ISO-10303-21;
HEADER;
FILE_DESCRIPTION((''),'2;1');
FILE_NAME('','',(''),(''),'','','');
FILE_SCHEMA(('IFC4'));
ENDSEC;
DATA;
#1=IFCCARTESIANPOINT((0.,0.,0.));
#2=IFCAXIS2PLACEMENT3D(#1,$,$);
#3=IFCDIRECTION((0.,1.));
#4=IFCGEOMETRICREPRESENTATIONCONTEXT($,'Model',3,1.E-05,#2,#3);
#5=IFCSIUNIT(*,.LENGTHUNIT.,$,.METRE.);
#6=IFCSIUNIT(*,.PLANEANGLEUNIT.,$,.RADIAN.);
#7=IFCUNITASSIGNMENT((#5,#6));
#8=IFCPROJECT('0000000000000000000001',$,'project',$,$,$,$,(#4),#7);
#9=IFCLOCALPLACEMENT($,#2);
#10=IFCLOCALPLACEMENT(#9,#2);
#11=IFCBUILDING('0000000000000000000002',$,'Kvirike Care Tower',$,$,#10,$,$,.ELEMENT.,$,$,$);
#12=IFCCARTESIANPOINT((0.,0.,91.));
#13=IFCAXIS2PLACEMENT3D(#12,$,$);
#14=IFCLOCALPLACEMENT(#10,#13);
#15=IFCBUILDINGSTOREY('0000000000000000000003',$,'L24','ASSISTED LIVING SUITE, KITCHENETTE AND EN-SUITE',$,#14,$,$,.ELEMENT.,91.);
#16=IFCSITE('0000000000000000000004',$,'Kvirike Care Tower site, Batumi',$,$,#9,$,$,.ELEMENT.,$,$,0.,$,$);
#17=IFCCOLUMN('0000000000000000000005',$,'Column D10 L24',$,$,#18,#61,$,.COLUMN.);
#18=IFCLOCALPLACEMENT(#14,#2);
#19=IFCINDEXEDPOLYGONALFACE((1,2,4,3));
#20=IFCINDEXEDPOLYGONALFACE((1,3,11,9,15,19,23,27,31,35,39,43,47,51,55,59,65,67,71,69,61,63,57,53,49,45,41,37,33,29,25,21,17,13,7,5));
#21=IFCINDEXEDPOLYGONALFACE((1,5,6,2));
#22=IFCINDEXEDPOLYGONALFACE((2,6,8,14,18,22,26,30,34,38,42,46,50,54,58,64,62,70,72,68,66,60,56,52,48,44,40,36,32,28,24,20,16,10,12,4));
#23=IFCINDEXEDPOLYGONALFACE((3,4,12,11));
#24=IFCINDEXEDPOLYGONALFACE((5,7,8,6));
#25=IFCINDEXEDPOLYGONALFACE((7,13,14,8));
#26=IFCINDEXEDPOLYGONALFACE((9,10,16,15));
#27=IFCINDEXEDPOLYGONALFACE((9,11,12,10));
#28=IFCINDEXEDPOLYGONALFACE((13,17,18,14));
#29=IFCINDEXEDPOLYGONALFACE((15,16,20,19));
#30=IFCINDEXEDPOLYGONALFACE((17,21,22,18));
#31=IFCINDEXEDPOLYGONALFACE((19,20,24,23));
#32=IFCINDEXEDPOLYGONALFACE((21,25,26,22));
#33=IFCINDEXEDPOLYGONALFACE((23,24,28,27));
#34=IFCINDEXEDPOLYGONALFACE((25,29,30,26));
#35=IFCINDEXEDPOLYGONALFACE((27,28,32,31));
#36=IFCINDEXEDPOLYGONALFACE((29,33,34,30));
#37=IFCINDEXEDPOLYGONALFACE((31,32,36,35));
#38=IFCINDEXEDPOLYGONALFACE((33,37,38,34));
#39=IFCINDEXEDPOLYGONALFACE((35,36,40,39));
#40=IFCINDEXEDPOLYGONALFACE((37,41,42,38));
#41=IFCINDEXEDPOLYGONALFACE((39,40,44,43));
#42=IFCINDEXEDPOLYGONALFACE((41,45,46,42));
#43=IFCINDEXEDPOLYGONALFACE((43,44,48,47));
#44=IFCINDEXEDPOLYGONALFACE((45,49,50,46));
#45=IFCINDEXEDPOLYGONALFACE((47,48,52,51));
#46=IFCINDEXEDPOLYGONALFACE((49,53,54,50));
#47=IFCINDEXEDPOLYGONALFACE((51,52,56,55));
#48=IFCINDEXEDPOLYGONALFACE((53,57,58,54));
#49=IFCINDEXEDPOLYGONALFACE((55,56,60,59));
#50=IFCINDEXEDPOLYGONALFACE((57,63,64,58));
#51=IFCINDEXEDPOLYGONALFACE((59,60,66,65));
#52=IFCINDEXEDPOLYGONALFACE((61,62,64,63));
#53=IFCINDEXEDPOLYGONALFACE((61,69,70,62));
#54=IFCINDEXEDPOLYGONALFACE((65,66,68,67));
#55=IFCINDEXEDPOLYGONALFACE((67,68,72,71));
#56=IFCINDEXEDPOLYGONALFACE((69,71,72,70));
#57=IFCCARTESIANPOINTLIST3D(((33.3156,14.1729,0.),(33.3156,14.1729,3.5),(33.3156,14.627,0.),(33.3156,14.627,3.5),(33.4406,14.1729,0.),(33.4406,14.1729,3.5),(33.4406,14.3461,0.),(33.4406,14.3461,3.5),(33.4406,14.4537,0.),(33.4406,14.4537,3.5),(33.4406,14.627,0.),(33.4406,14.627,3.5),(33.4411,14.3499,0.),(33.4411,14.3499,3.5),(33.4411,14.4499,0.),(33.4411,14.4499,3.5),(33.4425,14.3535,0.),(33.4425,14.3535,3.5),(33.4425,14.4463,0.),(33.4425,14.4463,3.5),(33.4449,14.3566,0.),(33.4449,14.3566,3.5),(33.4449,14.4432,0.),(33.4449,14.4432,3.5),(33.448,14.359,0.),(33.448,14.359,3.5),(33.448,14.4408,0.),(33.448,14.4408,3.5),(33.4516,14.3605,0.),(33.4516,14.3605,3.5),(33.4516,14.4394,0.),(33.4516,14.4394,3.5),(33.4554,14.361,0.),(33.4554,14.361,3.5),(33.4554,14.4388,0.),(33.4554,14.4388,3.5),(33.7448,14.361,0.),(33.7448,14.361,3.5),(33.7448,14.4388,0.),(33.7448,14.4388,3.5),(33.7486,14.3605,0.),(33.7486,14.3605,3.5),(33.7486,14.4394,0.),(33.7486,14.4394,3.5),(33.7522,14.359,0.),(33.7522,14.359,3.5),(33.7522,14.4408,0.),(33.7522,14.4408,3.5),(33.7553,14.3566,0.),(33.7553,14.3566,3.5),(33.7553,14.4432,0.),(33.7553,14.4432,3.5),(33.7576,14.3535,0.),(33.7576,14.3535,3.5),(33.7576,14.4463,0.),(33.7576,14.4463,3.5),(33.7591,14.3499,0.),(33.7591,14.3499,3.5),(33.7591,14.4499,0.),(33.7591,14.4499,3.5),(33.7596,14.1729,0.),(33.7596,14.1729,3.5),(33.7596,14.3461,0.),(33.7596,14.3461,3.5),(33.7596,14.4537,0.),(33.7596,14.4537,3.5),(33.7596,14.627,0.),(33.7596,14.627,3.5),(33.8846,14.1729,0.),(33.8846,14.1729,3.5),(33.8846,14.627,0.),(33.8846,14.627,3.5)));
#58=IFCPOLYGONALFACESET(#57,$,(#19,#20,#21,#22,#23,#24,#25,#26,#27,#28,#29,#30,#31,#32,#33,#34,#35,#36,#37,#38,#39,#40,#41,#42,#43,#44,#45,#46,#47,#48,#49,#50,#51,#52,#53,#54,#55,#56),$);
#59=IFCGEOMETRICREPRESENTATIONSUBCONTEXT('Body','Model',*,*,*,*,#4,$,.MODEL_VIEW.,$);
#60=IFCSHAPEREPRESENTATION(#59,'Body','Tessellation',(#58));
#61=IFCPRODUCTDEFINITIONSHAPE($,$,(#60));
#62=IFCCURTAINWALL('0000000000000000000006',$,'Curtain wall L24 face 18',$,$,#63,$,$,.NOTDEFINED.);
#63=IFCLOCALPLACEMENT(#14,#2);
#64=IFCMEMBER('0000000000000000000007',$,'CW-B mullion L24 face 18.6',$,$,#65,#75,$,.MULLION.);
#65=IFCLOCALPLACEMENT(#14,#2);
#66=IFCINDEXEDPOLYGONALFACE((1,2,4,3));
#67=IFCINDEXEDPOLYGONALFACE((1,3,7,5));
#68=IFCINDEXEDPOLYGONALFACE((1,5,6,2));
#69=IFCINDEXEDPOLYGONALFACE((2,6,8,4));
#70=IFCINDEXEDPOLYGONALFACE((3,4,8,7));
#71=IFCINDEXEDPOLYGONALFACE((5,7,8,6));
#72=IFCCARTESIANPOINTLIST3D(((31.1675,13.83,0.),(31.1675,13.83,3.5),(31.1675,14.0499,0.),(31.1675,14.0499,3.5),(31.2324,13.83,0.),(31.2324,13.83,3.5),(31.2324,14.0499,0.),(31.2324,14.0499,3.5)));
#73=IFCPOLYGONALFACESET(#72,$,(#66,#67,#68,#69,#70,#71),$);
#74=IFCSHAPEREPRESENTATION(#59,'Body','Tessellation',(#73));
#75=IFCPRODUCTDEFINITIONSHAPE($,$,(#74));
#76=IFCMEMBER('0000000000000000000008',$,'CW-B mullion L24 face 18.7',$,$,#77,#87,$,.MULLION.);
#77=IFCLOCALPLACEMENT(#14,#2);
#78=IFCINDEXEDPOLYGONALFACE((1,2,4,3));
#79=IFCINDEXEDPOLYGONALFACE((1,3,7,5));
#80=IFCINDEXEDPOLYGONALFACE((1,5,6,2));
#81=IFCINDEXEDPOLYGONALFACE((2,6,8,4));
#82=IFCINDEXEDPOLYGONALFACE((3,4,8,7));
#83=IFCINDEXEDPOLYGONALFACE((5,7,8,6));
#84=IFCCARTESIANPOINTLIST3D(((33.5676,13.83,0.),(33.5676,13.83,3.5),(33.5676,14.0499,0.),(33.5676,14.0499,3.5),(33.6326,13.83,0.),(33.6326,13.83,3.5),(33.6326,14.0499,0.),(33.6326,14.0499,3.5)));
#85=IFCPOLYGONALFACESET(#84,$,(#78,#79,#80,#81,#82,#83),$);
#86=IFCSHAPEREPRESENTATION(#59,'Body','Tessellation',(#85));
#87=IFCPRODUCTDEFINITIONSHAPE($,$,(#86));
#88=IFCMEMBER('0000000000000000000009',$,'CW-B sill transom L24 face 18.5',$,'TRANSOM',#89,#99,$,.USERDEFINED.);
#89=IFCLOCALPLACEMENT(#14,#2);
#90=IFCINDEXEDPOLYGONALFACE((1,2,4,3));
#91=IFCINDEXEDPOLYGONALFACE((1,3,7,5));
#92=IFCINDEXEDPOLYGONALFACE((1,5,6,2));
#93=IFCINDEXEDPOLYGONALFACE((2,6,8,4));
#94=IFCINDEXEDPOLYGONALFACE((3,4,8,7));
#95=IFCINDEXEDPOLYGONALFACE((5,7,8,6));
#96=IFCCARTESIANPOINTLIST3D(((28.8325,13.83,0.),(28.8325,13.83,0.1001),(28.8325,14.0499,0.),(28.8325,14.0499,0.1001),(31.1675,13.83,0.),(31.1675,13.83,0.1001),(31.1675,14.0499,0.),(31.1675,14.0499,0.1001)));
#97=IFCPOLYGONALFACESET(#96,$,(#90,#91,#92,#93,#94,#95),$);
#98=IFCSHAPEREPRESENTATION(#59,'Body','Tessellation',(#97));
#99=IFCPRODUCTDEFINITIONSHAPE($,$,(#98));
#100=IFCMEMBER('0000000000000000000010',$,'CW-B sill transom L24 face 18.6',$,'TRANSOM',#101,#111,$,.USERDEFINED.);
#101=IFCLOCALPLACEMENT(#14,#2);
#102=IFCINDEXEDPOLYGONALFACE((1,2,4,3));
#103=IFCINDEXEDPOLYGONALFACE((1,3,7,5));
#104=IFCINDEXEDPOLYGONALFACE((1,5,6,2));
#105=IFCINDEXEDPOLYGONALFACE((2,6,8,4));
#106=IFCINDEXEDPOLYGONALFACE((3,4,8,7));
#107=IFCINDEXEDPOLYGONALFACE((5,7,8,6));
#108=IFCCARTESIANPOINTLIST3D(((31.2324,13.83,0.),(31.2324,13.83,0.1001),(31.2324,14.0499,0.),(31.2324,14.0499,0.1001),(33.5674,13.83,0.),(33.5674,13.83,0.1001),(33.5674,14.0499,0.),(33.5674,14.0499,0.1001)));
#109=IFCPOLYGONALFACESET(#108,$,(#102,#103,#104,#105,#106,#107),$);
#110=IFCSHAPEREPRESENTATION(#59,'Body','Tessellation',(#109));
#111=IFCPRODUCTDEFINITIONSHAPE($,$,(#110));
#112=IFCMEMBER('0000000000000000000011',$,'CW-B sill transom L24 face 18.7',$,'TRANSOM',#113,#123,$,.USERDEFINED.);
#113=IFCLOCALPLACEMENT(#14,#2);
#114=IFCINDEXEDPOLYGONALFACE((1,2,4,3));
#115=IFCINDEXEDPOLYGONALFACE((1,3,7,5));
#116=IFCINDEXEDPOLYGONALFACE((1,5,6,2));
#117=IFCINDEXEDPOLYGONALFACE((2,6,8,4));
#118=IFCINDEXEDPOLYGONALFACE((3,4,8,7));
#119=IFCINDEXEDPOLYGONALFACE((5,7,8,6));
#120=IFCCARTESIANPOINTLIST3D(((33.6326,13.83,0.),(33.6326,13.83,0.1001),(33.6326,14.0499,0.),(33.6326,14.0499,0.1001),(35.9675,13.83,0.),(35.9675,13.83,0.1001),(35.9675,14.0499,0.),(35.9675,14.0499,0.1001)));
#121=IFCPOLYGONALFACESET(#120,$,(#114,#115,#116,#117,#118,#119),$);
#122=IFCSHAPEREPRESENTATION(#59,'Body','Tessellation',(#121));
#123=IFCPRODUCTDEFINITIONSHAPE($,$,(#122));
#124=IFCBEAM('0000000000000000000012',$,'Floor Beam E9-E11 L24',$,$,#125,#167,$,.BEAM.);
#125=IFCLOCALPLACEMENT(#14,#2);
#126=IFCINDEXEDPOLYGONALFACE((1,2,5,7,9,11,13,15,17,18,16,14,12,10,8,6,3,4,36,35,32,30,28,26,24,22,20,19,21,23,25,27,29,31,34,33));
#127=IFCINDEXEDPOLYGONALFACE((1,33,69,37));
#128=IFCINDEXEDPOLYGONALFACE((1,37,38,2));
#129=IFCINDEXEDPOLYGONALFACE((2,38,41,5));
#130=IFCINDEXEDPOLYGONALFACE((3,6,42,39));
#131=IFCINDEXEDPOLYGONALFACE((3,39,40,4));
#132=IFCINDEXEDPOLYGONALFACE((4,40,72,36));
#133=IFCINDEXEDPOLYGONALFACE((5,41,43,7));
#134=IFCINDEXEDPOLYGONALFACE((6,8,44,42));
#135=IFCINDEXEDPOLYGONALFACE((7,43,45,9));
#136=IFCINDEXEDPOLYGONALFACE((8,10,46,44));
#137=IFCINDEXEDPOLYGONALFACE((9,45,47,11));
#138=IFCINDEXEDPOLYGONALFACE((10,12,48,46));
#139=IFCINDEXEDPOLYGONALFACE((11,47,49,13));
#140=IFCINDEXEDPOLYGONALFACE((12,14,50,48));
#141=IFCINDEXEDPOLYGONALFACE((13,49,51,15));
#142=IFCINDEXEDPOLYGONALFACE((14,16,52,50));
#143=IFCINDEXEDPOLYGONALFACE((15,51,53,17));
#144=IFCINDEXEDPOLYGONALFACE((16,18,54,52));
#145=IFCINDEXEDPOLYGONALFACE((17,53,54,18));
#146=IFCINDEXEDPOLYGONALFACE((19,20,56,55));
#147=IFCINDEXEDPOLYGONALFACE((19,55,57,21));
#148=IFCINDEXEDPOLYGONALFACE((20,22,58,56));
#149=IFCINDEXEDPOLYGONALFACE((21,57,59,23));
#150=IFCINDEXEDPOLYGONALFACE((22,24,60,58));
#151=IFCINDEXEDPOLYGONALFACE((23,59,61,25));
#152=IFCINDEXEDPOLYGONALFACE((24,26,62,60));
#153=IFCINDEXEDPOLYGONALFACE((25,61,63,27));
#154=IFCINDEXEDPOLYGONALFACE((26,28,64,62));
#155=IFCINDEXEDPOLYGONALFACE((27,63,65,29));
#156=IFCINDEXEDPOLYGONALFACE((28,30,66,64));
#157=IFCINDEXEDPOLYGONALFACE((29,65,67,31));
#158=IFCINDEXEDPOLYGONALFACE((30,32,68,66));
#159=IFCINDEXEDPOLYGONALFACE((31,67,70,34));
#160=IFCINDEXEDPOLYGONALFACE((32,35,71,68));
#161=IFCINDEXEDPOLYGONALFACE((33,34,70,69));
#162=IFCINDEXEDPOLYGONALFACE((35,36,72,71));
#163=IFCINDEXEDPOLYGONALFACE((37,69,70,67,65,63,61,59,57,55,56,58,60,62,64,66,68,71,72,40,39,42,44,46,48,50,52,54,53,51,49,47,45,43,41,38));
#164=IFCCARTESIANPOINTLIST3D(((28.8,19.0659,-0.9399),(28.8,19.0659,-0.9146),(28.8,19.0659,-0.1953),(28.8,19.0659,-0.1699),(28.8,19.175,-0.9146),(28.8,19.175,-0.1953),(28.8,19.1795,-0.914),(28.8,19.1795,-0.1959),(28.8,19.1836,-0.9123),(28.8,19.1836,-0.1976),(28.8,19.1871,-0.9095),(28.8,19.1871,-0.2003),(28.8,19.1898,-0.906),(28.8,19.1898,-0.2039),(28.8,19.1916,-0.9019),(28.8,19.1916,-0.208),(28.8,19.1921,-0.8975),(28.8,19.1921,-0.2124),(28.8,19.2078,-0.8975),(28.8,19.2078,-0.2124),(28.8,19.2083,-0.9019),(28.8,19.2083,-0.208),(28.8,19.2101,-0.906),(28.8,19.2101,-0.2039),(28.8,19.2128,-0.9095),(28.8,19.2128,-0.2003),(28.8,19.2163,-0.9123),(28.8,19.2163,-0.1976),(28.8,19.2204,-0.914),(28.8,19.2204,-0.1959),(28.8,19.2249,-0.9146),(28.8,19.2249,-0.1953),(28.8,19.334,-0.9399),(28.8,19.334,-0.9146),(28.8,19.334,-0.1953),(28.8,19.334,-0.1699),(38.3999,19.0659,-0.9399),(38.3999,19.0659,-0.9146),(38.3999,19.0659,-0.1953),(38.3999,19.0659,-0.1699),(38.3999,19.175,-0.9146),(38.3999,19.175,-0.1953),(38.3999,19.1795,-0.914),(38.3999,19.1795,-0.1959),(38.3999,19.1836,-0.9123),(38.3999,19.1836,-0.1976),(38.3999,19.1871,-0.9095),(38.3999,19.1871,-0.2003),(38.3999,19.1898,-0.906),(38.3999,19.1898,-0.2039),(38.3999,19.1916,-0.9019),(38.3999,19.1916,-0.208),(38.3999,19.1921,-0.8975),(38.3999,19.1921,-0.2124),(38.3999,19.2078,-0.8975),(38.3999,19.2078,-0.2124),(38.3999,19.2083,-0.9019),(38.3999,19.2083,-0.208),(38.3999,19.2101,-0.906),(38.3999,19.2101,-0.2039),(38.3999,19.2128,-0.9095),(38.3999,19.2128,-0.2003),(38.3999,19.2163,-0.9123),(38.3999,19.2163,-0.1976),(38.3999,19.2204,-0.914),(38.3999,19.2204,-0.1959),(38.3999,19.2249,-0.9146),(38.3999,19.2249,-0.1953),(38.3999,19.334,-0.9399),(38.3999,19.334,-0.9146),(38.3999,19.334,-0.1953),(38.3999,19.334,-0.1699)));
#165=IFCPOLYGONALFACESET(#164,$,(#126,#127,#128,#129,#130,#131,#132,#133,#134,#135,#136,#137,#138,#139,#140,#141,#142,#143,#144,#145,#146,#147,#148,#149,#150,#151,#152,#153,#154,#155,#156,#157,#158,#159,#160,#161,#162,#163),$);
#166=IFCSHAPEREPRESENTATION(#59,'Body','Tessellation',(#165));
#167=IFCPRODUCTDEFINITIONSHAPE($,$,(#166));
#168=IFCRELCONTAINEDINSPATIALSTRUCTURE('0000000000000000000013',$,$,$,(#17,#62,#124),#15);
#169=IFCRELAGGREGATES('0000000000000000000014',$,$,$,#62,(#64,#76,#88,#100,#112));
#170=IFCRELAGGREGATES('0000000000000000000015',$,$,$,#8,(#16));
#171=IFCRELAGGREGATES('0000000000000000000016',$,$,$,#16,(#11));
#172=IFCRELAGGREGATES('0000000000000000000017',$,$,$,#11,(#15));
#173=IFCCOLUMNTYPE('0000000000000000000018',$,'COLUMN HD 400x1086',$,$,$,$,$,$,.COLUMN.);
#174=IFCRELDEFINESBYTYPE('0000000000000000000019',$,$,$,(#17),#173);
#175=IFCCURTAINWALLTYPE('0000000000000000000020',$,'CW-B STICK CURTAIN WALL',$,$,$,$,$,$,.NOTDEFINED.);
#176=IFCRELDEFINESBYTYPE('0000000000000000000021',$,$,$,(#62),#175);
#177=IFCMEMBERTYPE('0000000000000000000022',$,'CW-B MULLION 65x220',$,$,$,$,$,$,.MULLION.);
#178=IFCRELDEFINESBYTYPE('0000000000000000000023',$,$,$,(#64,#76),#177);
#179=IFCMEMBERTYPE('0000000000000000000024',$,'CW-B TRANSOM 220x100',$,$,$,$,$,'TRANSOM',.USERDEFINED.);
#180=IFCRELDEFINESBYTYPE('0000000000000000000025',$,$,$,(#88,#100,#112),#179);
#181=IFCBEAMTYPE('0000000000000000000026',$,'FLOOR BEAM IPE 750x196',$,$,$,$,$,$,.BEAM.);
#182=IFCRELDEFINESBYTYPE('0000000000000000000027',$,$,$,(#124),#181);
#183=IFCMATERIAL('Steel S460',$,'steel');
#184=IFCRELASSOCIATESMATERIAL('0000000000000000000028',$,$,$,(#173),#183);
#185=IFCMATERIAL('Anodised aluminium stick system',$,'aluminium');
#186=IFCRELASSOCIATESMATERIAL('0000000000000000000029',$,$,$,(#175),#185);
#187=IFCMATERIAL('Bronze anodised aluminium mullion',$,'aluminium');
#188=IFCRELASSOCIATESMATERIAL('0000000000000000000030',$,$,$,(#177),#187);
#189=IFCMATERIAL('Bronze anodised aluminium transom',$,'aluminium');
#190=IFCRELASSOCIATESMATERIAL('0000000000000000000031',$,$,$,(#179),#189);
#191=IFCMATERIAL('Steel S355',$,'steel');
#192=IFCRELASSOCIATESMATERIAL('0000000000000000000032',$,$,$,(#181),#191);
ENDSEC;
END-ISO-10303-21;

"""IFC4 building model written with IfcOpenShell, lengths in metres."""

from ifc_helpers import new_model, si_unit, direction, frame, origin, origin_2d, place, context, subcontext, project, spatial, rectangle, i_section, extrude, material, material_profile, profile_set, type_object, element, aggregate, save


model = new_model("IFC4")

# Units and contexts
model_context = context("Model", 3, precision=1e-05, world=origin(), true_north=direction((0.0, 1.0)))
body_context = subcontext(model_context, "Body", "Model", "MODEL_VIEW")
ifc_project = project(units=[si_unit("LENGTHUNIT", "METRE"), si_unit("PLANEANGLEUNIT", "RADIAN")], contexts=[model_context])

# Site, building, storey
site_placement = place(None, origin())
site = spatial("IfcSite", under=ifc_project, at=site_placement, Name="Kvirike Care Tower site, Batumi", CompositionType="ELEMENT", RefElevation=0.0)
building_placement = place(site_placement, origin())
building = spatial("IfcBuilding", under=site, at=building_placement, Name="Kvirike Care Tower", CompositionType="ELEMENT")
storey_placement = place(building_placement, frame((0.0, 0.0, 91.0)))
storey = spatial("IfcBuildingStorey", under=building, at=storey_placement, Name="L24", Description="ASSISTED LIVING SUITE, KITCHENETTE AND EN-SUITE", CompositionType="ELEMENT", Elevation=91.0)

# Column
ifc_material_1 = material(Name="Steel S460", Category="steel")
ifc_material_profile_1 = material_profile(ifc_material_1, i_section(OverallWidth=0.4541, OverallDepth=0.5691, WebThickness=0.0779, FlangeThickness=0.125, FilletRadius=0.0149, at=origin_2d()), Name="HD 400x1086")
ifc_profile_set_1 = profile_set([ifc_material_profile_1], Name="Steel S460")
column_type = type_object("IfcColumnType", Name="COLUMN HD 400x1086", PredefinedType="COLUMN", material=ifc_profile_set_1)
column_placement = place(storey_placement, frame((33.6001, 14.3999, 0.0), z_axis=(0.0, 0.0, 1.0), x_axis=(0.0, 1.0, 0.0)))
element("IfcColumn", 1, at=column_placement, inside=storey, type_object=column_type, Name="Column D10 L24", PredefinedType="COLUMN", context=body_context, shape_type="SweptSolid", body=[
    extrude(i_section(OverallWidth=0.4541, OverallDepth=0.5691, WebThickness=0.0779, FlangeThickness=0.125, FilletRadius=0.0149, at=origin_2d()), origin(), (0.0, 0.0, 1.0), 3.5),
])

# Curtain wall, members
ifc_material_2 = material(Name="Anodised aluminium stick system", Category="aluminium")
curtain_wall_type = type_object("IfcCurtainWallType", Name="CW-B STICK CURTAIN WALL", PredefinedType="NOTDEFINED", material=ifc_material_2)
curtain_wall_placement = place(storey_placement, origin())
curtain_wall = element("IfcCurtainWall", 2, at=curtain_wall_placement, inside=storey, type_object=curtain_wall_type, Name="Curtain wall L24 face 18", PredefinedType="NOTDEFINED")
ifc_material_3 = material(Name="Bronze anodised aluminium mullion", Category="aluminium")
ifc_material_profile_2 = material_profile(ifc_material_3, rectangle(XDim=0.0649, YDim=0.22, at=origin_2d()), Name="CW-B MULLION 65x220")
ifc_profile_set_2 = profile_set([ifc_material_profile_2], Name="Bronze anodised aluminium mullion")
member_type_1 = type_object("IfcMemberType", Name="CW-B MULLION 65x220", PredefinedType="MULLION", material=ifc_profile_set_2)
member_1_placement = place(storey_placement, frame((31.2, 13.9399, 0.0), z_axis=(0.0, 0.0, 1.0), x_axis=(1.0, 0.0, 0.0)))
member_1 = element("IfcMember", 3, at=member_1_placement, type_object=member_type_1, Name="CW-B mullion L24 face 18.6", PredefinedType="MULLION", context=body_context, shape_type="SweptSolid", body=[
    extrude(rectangle(XDim=0.0649, YDim=0.22, at=origin_2d()), origin(), (0.0, 0.0, 1.0), 3.5),
])
member_2_placement = place(storey_placement, frame((33.6001, 13.9399, 0.0), z_axis=(0.0, 0.0, 1.0), x_axis=(1.0, 0.0, 0.0)))
member_2 = element("IfcMember", 4, at=member_2_placement, type_object=member_type_1, Name="CW-B mullion L24 face 18.7", PredefinedType="MULLION", context=body_context, shape_type="SweptSolid", body=[
    extrude(rectangle(XDim=0.0649, YDim=0.22, at=origin_2d()), origin(), (0.0, 0.0, 1.0), 3.5),
])
ifc_material_4 = material(Name="Bronze anodised aluminium transom", Category="aluminium")
ifc_material_profile_3 = material_profile(ifc_material_4, rectangle(XDim=0.22, YDim=0.1001, at=origin_2d()), Name="CW-B TRANSOM 220x100")
ifc_profile_set_3 = profile_set([ifc_material_profile_3], Name="Bronze anodised aluminium transom")
member_type_2 = type_object("IfcMemberType", Name="CW-B TRANSOM 220x100", ElementType="TRANSOM", PredefinedType="USERDEFINED", material=ifc_profile_set_3)
member_3_placement = place(storey_placement, frame((28.8325, 13.9399, 0.05), z_axis=(1.0, 0.0, 0.0), x_axis=(0.0, 1.0, 0.0)))
member_3 = element("IfcMember", 5, at=member_3_placement, type_object=member_type_2, Name="CW-B sill transom L24 face 18.5", ObjectType="TRANSOM", PredefinedType="USERDEFINED", context=body_context, shape_type="SweptSolid", body=[
    extrude(rectangle(XDim=0.22, YDim=0.1001, at=origin_2d()), origin(), (0.0, 0.0, 1.0), 2.335),
])
member_4_placement = place(storey_placement, frame((31.2324, 13.9399, 0.05), z_axis=(1.0, 0.0, 0.0), x_axis=(0.0, 1.0, 0.0)))
member_4 = element("IfcMember", 6, at=member_4_placement, type_object=member_type_2, Name="CW-B sill transom L24 face 18.6", ObjectType="TRANSOM", PredefinedType="USERDEFINED", context=body_context, shape_type="SweptSolid", body=[
    extrude(rectangle(XDim=0.22, YDim=0.1001, at=origin_2d()), origin(), (0.0, 0.0, 1.0), 2.335),
])
member_5_placement = place(storey_placement, frame((33.6326, 13.9399, 0.05), z_axis=(1.0, 0.0, 0.0), x_axis=(0.0, 1.0, 0.0)))
member_5 = element("IfcMember", 7, at=member_5_placement, type_object=member_type_2, Name="CW-B sill transom L24 face 18.7", ObjectType="TRANSOM", PredefinedType="USERDEFINED", context=body_context, shape_type="SweptSolid", body=[
    extrude(rectangle(XDim=0.22, YDim=0.1001, at=origin_2d()), origin(), (0.0, 0.0, 1.0), 2.335),
])

# Beam
ifc_material_5 = material(Name="Steel S355", Category="steel")
ifc_material_profile_4 = material_profile(ifc_material_5, i_section(OverallWidth=0.2681, OverallDepth=0.77, WebThickness=0.0156, FlangeThickness=0.0254, FilletRadius=0.0171, at=origin_2d()), Name="IPE 750x196")
ifc_profile_set_4 = profile_set([ifc_material_profile_4], Name="Steel S355")
beam_type_1 = type_object("IfcBeamType", Name="FLOOR BEAM IPE 750x196", PredefinedType="BEAM", material=ifc_profile_set_4)
beam_1_placement = place(storey_placement, frame((28.8, 19.2, -0.5549), z_axis=(1.0, 0.0, 0.0), x_axis=(0.0, 1.0, 0.0)))
element("IfcBeam", 8, at=beam_1_placement, inside=storey, type_object=beam_type_1, Name="Floor Beam E9-E11 L24", PredefinedType="BEAM", context=body_context, shape_type="SweptSolid", body=[
    extrude(i_section(OverallWidth=0.2681, OverallDepth=0.77, WebThickness=0.0156, FlangeThickness=0.0254, FilletRadius=0.0171, at=origin_2d()), origin(), (0.0, 0.0, 1.0), 9.5999),
])

aggregate(curtain_wall, [member_1, member_2, member_3, member_4, member_5])

save(model, "model.ifc")
